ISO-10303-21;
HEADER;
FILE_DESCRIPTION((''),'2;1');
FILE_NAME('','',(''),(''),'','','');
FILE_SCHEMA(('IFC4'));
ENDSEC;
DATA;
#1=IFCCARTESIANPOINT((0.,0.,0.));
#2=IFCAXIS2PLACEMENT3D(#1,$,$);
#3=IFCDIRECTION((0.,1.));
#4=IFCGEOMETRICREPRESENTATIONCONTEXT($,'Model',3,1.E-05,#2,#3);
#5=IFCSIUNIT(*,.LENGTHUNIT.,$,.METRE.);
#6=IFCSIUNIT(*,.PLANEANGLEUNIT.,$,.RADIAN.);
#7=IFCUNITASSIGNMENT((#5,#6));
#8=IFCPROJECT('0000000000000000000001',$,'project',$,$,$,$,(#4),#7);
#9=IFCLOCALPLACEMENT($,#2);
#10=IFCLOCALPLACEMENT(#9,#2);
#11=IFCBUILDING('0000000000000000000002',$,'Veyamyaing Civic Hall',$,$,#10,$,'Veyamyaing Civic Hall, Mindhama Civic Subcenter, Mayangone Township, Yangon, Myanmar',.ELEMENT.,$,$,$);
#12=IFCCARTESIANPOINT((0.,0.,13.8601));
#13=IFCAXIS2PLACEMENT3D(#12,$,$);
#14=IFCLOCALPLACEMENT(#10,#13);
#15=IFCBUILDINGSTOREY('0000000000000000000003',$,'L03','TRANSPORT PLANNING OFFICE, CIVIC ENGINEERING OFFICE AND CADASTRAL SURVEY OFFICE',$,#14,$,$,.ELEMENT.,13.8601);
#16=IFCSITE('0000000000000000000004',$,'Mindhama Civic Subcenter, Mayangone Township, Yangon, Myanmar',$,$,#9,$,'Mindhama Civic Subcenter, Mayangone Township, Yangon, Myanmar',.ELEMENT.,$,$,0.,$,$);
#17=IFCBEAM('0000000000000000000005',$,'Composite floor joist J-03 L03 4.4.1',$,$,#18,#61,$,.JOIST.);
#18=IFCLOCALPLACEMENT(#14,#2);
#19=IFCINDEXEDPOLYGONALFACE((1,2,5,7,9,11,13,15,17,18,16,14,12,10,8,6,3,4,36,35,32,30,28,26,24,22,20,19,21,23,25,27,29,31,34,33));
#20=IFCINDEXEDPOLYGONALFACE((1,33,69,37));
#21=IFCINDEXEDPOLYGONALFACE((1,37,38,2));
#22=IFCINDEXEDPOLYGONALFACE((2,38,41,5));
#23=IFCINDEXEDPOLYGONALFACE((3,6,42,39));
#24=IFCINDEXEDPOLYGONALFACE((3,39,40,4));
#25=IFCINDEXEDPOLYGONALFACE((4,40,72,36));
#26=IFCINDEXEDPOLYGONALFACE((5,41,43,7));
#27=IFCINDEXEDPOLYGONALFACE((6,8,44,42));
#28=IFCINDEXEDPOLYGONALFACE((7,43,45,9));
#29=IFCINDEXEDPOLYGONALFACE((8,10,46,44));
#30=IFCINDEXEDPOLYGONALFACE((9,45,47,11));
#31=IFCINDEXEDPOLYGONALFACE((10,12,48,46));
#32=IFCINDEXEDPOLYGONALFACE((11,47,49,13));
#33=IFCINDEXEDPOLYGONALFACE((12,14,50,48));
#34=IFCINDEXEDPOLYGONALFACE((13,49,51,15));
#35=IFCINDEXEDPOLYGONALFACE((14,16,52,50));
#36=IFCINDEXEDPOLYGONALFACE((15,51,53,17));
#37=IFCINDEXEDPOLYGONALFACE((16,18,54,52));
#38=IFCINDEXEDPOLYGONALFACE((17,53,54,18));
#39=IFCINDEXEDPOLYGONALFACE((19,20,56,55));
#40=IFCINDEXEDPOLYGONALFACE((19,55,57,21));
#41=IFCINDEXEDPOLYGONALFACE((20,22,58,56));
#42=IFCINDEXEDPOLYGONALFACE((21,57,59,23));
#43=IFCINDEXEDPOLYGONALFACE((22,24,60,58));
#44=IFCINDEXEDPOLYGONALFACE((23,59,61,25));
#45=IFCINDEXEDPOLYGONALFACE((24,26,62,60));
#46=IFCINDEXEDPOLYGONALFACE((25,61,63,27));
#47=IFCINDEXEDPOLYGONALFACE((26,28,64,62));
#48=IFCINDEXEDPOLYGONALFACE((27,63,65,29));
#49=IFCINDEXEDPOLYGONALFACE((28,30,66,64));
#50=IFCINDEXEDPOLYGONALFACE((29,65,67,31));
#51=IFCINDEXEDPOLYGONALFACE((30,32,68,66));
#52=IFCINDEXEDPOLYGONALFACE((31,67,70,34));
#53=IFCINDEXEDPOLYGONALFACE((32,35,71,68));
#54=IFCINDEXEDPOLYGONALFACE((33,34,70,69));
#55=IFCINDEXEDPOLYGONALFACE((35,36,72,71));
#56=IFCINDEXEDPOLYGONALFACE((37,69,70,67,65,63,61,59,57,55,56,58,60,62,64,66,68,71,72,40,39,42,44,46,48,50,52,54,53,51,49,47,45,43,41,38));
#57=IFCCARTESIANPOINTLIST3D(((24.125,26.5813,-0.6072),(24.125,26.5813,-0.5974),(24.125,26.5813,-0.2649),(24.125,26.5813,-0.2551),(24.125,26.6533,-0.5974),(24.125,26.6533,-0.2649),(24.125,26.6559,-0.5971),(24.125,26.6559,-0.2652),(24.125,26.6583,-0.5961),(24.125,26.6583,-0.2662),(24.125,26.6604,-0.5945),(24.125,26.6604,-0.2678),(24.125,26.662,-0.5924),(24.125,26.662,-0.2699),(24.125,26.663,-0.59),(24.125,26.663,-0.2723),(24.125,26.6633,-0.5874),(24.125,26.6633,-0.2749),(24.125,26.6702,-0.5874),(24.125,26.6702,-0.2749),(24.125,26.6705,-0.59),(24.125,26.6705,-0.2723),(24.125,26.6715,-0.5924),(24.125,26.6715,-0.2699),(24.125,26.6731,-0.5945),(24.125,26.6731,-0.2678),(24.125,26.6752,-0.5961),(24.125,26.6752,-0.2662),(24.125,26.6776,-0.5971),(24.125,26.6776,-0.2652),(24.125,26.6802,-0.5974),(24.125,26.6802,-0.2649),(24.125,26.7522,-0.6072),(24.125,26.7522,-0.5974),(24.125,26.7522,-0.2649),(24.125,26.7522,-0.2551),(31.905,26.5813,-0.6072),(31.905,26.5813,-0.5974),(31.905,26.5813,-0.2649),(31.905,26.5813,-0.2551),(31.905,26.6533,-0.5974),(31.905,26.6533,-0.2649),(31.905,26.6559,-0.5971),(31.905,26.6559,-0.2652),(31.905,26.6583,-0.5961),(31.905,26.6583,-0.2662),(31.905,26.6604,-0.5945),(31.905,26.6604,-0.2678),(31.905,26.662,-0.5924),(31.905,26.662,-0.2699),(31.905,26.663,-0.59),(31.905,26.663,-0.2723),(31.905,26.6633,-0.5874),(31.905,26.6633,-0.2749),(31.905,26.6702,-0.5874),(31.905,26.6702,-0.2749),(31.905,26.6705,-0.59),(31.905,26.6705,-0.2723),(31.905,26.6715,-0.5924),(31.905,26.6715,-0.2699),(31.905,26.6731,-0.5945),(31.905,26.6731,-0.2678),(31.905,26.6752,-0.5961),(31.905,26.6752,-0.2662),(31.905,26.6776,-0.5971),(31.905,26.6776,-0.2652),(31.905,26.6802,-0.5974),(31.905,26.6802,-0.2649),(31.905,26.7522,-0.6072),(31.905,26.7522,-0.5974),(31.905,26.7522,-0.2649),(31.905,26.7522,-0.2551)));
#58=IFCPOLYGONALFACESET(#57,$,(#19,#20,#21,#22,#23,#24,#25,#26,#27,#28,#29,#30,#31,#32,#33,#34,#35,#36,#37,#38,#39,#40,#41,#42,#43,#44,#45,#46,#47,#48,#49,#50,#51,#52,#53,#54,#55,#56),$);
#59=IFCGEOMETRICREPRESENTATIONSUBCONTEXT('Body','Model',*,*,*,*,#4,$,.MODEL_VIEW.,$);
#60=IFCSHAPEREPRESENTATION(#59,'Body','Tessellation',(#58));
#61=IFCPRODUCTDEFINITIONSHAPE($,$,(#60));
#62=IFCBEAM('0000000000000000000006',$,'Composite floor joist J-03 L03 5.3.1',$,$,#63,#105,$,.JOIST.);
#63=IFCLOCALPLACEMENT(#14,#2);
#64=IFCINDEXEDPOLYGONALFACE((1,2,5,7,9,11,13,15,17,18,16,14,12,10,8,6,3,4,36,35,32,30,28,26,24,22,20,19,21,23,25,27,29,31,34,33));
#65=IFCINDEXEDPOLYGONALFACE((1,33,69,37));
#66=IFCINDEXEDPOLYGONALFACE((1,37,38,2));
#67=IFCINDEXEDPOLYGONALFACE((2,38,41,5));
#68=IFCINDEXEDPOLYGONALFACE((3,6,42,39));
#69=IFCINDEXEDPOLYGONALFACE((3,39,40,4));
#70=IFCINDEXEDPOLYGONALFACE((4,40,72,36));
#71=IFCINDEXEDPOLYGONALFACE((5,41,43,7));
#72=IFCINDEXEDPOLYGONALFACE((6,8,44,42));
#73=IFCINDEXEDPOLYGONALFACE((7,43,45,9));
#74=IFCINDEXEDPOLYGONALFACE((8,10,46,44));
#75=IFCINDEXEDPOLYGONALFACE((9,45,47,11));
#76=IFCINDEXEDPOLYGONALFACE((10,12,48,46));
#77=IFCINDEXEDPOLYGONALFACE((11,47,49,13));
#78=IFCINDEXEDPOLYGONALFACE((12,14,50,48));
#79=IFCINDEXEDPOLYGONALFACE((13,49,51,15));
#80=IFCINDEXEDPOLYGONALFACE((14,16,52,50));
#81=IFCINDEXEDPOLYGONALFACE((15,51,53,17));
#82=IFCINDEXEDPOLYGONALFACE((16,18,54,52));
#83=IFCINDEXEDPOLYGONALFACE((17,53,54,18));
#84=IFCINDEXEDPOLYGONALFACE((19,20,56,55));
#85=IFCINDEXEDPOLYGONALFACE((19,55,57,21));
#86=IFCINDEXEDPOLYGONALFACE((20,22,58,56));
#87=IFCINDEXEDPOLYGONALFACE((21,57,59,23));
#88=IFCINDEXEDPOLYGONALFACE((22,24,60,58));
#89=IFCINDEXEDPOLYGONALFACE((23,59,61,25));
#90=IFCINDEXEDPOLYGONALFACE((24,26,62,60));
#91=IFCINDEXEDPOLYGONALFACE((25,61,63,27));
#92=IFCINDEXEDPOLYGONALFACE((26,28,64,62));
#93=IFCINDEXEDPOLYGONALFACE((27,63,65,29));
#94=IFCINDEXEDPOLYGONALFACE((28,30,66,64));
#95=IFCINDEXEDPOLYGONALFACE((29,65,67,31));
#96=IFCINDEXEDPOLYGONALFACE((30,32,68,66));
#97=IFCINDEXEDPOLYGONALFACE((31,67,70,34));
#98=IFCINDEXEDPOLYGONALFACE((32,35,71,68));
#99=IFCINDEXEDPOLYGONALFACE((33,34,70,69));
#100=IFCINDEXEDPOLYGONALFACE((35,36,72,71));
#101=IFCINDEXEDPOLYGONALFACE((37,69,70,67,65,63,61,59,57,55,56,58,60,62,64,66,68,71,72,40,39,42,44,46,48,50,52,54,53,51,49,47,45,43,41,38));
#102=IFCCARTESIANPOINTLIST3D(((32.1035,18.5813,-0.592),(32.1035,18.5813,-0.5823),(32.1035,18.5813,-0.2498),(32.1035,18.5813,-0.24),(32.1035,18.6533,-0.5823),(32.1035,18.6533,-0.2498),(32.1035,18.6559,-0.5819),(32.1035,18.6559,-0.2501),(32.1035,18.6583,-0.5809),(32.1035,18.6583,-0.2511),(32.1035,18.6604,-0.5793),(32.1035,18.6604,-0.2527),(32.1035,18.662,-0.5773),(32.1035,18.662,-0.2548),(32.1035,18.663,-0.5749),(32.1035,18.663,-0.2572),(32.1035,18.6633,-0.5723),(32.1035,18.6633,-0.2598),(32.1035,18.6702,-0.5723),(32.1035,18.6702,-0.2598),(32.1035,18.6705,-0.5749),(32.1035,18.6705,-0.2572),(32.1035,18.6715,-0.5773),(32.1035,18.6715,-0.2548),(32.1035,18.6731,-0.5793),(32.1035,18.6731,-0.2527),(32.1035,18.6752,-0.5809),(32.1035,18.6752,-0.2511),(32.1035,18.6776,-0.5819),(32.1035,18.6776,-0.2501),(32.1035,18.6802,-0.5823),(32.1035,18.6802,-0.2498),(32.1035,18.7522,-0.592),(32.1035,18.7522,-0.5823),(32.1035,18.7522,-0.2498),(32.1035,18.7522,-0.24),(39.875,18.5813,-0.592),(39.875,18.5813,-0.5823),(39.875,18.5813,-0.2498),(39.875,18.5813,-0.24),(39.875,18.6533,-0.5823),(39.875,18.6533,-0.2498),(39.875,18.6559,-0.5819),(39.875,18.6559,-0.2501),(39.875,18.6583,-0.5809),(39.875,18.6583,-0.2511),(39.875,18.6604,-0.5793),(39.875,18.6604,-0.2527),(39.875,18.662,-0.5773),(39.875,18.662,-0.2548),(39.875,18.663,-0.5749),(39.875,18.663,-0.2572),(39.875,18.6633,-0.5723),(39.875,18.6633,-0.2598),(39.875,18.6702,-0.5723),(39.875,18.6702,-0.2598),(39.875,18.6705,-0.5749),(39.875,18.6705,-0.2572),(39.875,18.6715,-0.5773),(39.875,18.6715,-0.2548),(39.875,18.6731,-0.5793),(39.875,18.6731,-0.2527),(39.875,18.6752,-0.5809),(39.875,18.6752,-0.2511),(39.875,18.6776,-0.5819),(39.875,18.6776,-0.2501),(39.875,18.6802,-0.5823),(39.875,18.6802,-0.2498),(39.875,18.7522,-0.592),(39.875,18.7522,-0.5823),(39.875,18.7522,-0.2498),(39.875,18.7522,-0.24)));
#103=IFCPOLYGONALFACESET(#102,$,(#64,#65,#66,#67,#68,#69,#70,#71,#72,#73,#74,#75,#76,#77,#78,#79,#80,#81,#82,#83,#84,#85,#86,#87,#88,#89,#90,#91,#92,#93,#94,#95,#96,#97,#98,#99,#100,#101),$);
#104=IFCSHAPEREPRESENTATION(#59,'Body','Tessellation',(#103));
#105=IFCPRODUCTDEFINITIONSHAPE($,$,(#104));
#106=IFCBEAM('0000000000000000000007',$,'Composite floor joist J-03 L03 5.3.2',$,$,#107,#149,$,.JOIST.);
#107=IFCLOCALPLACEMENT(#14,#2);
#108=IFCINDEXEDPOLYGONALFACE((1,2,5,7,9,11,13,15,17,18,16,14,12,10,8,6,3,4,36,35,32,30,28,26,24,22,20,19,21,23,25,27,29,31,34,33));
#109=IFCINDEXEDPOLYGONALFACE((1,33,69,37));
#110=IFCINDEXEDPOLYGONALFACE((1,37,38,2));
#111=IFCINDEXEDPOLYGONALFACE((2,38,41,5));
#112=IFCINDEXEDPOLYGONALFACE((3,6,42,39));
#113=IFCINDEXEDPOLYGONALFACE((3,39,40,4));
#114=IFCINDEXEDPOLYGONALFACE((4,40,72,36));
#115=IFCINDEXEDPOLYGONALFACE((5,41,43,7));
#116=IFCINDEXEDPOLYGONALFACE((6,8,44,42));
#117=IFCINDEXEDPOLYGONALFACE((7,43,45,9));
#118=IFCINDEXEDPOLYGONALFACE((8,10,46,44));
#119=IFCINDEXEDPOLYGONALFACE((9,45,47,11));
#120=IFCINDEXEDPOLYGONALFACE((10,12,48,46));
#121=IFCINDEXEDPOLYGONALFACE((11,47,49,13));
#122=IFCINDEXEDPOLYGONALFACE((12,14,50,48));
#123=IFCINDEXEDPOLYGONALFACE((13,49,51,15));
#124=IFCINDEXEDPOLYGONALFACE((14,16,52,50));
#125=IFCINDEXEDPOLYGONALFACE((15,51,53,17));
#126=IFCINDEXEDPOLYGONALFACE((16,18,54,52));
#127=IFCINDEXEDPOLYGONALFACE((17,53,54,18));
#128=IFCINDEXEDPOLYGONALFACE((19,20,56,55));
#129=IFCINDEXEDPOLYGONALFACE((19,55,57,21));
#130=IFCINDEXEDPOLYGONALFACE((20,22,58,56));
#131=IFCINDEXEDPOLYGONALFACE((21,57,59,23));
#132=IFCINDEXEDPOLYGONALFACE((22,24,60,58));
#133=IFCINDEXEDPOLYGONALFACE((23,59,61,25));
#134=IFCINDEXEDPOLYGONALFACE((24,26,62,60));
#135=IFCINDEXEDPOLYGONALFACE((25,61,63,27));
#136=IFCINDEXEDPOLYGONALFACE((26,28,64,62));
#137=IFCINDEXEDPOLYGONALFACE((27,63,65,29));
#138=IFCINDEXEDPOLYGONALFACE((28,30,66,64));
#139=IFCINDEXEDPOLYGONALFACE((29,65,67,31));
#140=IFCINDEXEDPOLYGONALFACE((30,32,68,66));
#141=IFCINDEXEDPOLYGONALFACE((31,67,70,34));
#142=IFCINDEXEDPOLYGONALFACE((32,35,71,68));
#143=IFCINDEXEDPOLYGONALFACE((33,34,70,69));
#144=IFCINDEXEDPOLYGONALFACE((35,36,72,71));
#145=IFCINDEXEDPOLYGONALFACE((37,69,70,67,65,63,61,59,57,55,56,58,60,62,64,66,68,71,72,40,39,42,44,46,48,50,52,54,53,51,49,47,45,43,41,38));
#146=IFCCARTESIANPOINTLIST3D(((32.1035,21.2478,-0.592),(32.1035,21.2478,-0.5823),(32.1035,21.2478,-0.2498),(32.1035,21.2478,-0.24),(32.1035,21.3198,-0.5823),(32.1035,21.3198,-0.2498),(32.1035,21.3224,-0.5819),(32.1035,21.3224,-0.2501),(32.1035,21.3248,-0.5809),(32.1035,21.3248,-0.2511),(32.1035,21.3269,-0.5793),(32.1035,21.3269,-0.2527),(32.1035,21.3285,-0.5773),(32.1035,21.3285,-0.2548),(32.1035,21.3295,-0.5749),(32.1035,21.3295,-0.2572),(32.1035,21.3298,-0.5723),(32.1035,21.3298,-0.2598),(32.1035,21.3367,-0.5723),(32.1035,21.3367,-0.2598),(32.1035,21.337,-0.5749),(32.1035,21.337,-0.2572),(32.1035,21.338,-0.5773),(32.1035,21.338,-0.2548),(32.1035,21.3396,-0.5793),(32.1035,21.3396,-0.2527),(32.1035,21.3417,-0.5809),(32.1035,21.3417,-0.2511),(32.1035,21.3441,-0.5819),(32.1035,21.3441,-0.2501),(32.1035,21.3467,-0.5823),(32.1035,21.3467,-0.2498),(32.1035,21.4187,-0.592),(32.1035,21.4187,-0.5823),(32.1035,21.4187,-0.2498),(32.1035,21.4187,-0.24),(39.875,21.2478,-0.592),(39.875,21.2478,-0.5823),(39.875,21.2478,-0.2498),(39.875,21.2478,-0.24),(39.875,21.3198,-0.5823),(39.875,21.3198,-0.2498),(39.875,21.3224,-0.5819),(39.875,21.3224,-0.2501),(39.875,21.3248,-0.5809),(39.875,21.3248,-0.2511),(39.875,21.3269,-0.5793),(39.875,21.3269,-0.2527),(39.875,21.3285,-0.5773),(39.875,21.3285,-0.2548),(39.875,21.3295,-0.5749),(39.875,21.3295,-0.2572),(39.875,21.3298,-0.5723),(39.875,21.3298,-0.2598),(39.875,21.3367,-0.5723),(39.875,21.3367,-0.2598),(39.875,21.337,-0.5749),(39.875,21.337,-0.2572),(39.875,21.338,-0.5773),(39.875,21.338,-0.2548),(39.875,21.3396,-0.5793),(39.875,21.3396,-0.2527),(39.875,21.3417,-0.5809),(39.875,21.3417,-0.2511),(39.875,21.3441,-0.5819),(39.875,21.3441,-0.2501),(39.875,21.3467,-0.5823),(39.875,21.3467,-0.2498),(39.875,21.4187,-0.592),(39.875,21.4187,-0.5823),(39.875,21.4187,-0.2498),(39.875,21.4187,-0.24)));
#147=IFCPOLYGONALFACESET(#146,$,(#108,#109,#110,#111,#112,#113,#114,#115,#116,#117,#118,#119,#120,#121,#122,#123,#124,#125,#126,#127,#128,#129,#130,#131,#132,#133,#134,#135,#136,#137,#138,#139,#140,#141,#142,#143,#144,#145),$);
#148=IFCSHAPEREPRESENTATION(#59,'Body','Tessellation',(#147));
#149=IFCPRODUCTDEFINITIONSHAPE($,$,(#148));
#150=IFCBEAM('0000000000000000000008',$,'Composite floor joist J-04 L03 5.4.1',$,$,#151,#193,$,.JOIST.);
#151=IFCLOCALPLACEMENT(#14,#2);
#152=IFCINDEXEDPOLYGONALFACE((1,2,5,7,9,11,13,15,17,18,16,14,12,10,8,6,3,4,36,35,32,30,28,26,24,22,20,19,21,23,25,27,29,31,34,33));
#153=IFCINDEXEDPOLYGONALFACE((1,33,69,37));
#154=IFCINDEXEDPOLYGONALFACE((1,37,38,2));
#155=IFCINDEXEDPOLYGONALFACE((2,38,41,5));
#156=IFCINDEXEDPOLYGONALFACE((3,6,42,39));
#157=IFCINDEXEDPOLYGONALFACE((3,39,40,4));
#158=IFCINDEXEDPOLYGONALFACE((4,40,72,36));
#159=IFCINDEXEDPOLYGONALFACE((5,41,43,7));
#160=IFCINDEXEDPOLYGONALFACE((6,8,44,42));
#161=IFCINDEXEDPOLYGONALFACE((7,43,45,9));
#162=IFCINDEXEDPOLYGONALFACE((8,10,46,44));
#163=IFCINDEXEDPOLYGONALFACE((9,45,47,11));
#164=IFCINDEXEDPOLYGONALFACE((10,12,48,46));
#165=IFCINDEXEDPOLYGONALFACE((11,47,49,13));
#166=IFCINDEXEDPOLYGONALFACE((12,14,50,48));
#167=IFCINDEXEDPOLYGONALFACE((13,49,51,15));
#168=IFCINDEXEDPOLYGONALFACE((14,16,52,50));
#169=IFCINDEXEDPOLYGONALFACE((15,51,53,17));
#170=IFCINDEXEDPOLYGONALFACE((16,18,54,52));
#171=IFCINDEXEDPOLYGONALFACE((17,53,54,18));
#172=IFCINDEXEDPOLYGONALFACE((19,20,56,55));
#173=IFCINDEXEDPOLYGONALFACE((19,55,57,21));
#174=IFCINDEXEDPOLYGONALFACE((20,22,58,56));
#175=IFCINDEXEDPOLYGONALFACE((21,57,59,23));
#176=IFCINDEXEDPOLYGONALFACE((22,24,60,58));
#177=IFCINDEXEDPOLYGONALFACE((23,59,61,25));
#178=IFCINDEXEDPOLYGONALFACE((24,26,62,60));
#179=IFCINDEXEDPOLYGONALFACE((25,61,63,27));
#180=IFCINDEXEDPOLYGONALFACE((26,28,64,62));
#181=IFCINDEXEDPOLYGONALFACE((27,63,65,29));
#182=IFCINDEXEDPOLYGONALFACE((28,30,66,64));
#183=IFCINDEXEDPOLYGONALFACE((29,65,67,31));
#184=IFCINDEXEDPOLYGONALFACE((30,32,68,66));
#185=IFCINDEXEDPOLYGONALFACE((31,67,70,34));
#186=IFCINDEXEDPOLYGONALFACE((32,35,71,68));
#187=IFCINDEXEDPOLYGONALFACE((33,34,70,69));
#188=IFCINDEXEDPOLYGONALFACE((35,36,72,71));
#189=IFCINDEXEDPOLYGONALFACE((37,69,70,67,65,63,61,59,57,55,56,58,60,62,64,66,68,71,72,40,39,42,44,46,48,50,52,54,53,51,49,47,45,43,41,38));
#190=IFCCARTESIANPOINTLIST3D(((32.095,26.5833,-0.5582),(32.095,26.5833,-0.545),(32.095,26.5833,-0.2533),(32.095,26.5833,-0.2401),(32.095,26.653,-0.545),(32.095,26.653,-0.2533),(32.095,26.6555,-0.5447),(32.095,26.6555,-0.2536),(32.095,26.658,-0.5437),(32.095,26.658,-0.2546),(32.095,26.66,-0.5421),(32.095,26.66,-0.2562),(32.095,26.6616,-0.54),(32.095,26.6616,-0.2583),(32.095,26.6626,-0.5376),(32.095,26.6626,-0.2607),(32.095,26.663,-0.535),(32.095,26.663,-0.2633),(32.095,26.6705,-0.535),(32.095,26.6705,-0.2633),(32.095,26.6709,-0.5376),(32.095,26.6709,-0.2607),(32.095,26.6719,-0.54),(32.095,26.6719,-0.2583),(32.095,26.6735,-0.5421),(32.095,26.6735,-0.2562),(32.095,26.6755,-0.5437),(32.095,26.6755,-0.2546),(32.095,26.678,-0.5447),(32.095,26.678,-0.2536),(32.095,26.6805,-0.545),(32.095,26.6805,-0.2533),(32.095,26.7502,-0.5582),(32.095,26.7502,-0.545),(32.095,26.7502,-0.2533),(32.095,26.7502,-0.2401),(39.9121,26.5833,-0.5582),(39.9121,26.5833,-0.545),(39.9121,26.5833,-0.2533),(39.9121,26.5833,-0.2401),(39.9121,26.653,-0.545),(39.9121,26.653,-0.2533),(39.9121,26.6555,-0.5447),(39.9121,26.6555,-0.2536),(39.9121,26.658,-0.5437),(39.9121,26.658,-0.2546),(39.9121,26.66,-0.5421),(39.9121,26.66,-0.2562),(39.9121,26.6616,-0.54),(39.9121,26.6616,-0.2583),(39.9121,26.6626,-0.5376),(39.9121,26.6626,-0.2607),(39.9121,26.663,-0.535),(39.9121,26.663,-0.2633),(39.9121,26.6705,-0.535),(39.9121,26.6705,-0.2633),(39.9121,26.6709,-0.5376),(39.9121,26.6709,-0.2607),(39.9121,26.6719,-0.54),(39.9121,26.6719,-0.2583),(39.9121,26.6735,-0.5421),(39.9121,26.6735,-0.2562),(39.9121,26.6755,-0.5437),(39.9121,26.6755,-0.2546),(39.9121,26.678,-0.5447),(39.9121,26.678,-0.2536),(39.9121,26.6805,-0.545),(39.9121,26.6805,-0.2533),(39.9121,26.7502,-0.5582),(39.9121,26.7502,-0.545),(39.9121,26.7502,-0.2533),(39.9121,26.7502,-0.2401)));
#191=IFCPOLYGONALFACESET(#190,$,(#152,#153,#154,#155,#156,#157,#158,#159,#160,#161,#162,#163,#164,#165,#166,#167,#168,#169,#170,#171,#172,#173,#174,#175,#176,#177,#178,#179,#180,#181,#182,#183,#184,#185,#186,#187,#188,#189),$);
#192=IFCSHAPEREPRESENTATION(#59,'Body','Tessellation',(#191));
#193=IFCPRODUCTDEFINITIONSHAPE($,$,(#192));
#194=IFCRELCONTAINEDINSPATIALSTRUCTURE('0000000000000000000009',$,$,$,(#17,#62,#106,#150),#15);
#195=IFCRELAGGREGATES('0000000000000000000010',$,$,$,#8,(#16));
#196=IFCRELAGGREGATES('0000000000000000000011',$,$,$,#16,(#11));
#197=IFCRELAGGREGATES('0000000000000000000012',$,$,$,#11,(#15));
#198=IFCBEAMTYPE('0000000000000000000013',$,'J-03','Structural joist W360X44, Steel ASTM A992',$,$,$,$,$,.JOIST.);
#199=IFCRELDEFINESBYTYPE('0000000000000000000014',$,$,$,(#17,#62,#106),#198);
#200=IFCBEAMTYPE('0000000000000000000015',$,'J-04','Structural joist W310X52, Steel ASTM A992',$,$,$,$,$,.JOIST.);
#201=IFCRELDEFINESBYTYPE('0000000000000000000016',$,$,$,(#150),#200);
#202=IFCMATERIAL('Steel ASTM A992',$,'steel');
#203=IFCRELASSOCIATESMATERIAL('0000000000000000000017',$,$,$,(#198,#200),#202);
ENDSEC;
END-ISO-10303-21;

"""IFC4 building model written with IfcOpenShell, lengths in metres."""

from ifc_helpers import new_model, si_unit, direction, frame, origin, origin_2d, place, context, subcontext, project, spatial, i_section, extrude, material, material_profile, profile_set, type_object, element, save


model = new_model("IFC4")

# Units and contexts
model_context = context("Model", 3, precision=1e-05, world=origin(), true_north=direction((0.0, 1.0)))
body_context = subcontext(model_context, "Body", "Model", "MODEL_VIEW")
ifc_project = project(units=[si_unit("LENGTHUNIT", "METRE"), si_unit("PLANEANGLEUNIT", "RADIAN")], contexts=[model_context])

# Site, building, storey
site_placement = place(None, origin())
site = spatial("IfcSite", under=ifc_project, at=site_placement, Name="Mindhama Civic Subcenter, Mayangone Township, Yangon, Myanmar", LongName="Mindhama Civic Subcenter, Mayangone Township, Yangon, Myanmar", CompositionType="ELEMENT", RefElevation=0.0)
building_placement = place(site_placement, origin())
building = spatial("IfcBuilding", under=site, at=building_placement, Name="Veyamyaing Civic Hall", LongName="Veyamyaing Civic Hall, Mindhama Civic Subcenter, Mayangone Township, Yangon, Myanmar", CompositionType="ELEMENT")
storey_placement = place(building_placement, frame((0.0, 0.0, 13.8601)))
storey = spatial("IfcBuildingStorey", under=building, at=storey_placement, Name="L03", Description="TRANSPORT PLANNING OFFICE, CIVIC ENGINEERING OFFICE AND CADASTRAL SURVEY OFFICE", CompositionType="ELEMENT", Elevation=13.8601)

# Beams
ifc_material_1 = material(Name="Steel ASTM A992", Category="steel")
ifc_material_profile_1 = material_profile(ifc_material_1, i_section(OverallWidth=0.1709, OverallDepth=0.3521, WebThickness=0.0068, FlangeThickness=0.0098, FilletRadius=0.01, at=origin_2d()), Name="W360X44")
ifc_profile_set_1 = profile_set([ifc_material_profile_1], Name="Steel ASTM A992")
beam_type_1 = type_object("IfcBeamType", Name="J-03", Description="Structural joist W360X44, Steel ASTM A992", PredefinedType="JOIST", material=ifc_profile_set_1)
beam_1_placement = place(storey_placement, frame((24.125, 26.6667, -0.4312), z_axis=(1.0, 0.0, 0.0), x_axis=(0.0, 1.0, 0.0)))
element("IfcBeam", 1, at=beam_1_placement, inside=storey, type_object=beam_type_1, Name="Composite floor joist J-03 L03 4.4.1", PredefinedType="JOIST", context=body_context, shape_type="SweptSolid", body=[
    extrude(i_section(OverallWidth=0.1709, OverallDepth=0.3521, WebThickness=0.0068, FlangeThickness=0.0098, FilletRadius=0.01, at=origin_2d()), origin(), (0.0, 0.0, 1.0), 7.78),
])
for number, where, z_axis, x_axis, name in (
    (2, (32.1035, 18.6667, -0.416), (1.0, 0.0, 0.0), (0.0, 1.0, 0.0), "Composite floor joist J-03 L03 5.3.1"),
    (3, (32.1035, 21.3333, -0.416), (1.0, 0.0, 0.0), (0.0, 1.0, 0.0), "Composite floor joist J-03 L03 5.3.2"),
):
    element("IfcBeam", number, at=place(storey_placement, frame(where, z_axis=z_axis, x_axis=x_axis)), inside=storey, type_object=beam_type_1, Name=name, PredefinedType="JOIST", context=body_context, shape_type="SweptSolid", body=[
        extrude(i_section(OverallWidth=0.1709, OverallDepth=0.3521, WebThickness=0.0068, FlangeThickness=0.0098, FilletRadius=0.01, at=origin_2d()), origin(), (0.0, 0.0, 1.0), 7.7715),
    ])
ifc_material_profile_2 = material_profile(ifc_material_1, i_section(OverallWidth=0.167, OverallDepth=0.3181, WebThickness=0.0076, FlangeThickness=0.0132, FilletRadius=0.01, at=origin_2d()), Name="W310X52")
ifc_profile_set_2 = profile_set([ifc_material_profile_2], Name="Steel ASTM A992")
beam_type_2 = type_object("IfcBeamType", Name="J-04", Description="Structural joist W310X52, Steel ASTM A992", PredefinedType="JOIST", material=ifc_profile_set_2)
beam_2_placement = place(storey_placement, frame((32.095, 26.6667, -0.3992), z_axis=(1.0, 0.0, 0.0), x_axis=(0.0, 1.0, 0.0)))
element("IfcBeam", 4, at=beam_2_placement, inside=storey, type_object=beam_type_2, Name="Composite floor joist J-04 L03 5.4.1", PredefinedType="JOIST", context=body_context, shape_type="SweptSolid", body=[
    extrude(i_section(OverallWidth=0.167, OverallDepth=0.3181, WebThickness=0.0076, FlangeThickness=0.0132, FilletRadius=0.01, at=origin_2d()), origin(), (0.0, 0.0, 1.0), 7.8171),
])

save(model, "model.ifc")
